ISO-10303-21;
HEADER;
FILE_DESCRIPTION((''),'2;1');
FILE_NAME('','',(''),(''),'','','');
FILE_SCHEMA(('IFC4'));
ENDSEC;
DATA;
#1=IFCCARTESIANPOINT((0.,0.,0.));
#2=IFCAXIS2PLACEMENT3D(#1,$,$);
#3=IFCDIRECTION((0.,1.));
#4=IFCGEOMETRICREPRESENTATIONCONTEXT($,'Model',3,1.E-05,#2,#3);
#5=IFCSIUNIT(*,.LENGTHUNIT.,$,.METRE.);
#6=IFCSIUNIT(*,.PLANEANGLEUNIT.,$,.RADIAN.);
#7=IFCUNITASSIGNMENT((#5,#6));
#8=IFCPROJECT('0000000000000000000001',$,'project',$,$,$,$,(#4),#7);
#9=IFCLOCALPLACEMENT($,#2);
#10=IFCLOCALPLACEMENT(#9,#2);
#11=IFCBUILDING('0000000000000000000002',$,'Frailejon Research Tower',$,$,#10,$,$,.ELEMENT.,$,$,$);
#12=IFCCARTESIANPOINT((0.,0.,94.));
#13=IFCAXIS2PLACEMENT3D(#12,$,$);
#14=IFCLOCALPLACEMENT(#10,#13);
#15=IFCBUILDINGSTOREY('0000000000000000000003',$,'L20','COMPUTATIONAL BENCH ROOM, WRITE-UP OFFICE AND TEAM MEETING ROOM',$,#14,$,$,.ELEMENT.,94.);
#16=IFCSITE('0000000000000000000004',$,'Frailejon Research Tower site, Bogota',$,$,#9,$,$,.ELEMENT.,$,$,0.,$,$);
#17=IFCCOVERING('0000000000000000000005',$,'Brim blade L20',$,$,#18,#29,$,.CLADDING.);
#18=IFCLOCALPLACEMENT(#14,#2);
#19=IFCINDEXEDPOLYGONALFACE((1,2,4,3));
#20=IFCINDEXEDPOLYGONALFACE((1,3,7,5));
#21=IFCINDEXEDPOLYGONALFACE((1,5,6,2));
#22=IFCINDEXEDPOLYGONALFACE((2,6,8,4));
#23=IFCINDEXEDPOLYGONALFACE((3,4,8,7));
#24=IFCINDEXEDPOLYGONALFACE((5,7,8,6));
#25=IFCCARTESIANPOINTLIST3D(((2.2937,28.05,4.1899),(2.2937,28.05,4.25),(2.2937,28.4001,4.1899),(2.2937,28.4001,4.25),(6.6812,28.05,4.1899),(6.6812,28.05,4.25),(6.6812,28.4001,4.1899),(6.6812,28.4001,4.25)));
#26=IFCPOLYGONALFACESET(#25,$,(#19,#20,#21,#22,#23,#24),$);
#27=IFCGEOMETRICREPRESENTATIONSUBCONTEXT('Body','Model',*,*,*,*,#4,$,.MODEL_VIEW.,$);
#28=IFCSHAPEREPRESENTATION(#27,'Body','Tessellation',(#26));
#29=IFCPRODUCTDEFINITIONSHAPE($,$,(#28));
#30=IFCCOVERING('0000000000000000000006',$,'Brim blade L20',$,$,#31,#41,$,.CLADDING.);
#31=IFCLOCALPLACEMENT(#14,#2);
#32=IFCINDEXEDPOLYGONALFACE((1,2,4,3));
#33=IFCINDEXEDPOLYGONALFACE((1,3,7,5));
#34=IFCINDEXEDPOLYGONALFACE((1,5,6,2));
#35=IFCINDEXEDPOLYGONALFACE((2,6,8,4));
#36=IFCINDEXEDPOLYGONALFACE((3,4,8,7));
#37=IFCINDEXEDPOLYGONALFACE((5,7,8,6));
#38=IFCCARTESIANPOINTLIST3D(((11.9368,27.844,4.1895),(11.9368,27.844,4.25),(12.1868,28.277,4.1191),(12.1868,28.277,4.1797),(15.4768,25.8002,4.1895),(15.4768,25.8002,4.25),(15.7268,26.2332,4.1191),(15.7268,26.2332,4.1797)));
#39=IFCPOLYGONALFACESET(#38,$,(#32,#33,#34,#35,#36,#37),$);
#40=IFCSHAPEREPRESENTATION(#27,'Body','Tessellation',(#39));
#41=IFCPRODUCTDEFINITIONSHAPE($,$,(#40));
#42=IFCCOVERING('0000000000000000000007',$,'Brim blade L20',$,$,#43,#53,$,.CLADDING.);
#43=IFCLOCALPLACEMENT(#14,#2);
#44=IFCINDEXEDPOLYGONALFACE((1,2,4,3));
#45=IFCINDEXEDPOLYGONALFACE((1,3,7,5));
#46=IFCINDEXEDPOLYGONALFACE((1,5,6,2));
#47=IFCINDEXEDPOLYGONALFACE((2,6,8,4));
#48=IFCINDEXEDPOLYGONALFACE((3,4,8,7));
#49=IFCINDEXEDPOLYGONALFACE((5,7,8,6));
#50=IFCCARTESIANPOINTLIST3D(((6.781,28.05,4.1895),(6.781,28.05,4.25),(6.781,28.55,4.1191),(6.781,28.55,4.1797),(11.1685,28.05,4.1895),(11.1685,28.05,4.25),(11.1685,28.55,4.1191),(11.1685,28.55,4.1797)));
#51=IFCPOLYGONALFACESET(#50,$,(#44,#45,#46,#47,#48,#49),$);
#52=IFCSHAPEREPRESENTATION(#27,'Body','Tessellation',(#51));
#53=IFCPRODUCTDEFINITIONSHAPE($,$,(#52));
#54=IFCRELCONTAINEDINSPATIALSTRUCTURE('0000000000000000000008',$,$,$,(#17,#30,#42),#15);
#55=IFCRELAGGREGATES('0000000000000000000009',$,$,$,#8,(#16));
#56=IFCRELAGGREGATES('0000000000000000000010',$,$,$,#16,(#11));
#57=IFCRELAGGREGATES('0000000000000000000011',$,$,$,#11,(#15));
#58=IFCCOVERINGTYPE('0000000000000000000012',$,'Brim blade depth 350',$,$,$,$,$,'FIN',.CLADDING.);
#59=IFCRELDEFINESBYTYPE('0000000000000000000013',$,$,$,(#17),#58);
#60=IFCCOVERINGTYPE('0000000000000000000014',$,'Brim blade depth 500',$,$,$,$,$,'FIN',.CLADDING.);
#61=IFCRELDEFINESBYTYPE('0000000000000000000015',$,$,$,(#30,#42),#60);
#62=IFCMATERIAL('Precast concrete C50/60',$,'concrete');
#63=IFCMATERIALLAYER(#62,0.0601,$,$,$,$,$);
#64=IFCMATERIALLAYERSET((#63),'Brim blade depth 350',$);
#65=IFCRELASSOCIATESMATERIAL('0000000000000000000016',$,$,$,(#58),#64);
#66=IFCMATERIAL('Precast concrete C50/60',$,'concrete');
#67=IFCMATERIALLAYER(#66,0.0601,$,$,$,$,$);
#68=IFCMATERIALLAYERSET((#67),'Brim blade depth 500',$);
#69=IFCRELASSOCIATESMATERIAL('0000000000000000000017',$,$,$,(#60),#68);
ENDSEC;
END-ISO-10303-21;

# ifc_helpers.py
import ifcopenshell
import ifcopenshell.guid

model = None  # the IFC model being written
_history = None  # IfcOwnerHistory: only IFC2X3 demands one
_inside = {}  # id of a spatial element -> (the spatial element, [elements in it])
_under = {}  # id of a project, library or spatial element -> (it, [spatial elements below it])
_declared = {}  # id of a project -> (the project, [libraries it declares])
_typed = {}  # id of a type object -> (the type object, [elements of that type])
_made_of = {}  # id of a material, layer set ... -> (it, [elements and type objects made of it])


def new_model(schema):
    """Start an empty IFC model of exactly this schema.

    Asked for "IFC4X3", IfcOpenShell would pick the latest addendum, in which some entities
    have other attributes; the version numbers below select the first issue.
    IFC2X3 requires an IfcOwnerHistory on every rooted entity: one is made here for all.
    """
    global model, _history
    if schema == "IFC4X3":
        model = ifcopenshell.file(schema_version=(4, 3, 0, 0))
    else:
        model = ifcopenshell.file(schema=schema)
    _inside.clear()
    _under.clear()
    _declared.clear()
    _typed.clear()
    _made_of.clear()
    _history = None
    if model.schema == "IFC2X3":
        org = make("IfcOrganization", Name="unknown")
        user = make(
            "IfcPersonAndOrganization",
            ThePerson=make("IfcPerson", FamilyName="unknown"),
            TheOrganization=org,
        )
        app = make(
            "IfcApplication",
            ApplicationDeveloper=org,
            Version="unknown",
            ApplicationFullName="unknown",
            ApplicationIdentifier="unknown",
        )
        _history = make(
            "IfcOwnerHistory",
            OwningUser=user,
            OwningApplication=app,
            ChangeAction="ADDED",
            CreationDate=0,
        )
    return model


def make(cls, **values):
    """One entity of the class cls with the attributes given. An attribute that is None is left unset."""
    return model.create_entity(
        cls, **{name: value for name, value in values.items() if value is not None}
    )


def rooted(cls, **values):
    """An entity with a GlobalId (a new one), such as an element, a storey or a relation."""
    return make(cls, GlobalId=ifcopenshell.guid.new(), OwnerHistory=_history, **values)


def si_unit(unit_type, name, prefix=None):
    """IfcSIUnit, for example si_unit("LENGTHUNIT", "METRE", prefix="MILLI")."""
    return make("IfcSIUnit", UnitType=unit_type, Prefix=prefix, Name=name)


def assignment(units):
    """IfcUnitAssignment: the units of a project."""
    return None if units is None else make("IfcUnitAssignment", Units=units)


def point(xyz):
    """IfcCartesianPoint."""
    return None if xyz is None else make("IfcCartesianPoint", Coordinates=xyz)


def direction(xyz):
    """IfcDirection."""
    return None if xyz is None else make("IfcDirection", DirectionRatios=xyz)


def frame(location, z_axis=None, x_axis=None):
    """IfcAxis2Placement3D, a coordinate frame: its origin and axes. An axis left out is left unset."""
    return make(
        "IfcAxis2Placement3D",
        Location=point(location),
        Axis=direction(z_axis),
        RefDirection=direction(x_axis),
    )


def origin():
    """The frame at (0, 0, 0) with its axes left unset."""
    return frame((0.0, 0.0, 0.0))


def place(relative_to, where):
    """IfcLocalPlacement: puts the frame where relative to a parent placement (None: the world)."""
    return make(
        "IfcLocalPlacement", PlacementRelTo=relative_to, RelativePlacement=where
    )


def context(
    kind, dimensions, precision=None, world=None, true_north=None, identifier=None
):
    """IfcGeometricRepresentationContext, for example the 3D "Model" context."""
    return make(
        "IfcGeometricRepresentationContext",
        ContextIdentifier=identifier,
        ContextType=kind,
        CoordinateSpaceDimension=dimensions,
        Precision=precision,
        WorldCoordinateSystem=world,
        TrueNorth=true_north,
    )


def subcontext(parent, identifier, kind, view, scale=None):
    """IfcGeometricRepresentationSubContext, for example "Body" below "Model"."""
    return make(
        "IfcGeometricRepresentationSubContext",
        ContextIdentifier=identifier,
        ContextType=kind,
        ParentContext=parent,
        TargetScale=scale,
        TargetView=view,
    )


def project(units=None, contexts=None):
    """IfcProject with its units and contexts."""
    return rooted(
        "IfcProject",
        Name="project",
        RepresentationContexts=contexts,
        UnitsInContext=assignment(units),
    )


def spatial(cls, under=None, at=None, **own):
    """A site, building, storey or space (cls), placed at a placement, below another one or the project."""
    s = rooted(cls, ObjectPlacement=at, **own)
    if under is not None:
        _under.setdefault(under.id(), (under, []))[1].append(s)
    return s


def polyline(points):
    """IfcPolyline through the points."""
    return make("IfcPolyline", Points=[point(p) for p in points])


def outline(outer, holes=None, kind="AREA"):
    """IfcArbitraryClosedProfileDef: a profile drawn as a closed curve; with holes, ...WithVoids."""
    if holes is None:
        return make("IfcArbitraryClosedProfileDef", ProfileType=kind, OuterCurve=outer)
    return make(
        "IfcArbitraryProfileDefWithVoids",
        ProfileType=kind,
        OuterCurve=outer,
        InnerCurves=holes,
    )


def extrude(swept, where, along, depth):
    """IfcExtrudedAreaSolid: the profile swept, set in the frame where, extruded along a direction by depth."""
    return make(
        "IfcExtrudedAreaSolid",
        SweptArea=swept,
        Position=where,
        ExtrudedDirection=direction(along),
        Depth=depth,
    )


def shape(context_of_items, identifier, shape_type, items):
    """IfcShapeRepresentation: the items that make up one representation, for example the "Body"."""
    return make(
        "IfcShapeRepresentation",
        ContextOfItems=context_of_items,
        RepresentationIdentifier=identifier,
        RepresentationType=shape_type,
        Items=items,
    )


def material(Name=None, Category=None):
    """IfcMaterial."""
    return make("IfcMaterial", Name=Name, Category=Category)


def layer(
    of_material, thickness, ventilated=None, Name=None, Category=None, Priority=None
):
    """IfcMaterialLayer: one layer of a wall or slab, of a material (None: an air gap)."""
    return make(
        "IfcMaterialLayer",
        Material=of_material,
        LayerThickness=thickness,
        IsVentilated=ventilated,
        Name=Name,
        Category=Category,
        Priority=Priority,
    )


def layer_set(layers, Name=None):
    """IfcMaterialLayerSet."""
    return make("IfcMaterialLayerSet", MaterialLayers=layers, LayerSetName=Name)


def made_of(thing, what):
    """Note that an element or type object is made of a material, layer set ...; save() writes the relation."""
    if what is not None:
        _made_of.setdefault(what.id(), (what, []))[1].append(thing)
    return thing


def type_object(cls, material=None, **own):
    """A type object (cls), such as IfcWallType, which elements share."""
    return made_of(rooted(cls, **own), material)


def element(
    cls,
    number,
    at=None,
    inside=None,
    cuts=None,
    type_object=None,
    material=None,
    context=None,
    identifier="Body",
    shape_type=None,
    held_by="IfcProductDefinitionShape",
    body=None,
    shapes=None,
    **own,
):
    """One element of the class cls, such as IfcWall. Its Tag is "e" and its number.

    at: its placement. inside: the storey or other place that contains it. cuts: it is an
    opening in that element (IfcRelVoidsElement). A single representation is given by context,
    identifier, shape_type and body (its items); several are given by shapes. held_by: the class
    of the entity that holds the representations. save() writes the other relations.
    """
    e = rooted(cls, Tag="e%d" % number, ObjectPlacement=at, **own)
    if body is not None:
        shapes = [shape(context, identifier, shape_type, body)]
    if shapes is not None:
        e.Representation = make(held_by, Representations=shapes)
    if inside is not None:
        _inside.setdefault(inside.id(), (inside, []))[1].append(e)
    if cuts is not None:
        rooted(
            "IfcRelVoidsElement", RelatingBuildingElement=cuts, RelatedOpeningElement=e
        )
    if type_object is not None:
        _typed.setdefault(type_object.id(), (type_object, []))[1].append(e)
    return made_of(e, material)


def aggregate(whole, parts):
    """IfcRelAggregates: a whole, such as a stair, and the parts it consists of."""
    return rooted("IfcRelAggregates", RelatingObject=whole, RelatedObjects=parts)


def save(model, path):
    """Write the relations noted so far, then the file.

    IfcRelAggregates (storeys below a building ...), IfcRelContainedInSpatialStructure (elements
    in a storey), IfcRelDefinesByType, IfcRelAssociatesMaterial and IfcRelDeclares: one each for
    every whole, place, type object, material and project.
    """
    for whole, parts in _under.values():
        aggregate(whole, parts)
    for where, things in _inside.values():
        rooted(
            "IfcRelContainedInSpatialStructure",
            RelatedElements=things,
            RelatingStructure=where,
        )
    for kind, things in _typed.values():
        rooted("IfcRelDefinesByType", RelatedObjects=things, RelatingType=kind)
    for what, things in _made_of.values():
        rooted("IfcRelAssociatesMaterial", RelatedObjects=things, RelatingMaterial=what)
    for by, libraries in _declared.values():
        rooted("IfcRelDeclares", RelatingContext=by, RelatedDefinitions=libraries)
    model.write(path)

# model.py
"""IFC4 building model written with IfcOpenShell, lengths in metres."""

from ifc_helpers import new_model, si_unit, direction, frame, origin, place, context, subcontext, project, spatial, polyline, outline, extrude, material, layer, layer_set, type_object, element, save


model = new_model("IFC4")

# Units and contexts
model_context = context("Model", 3, precision=1e-05, world=origin(), true_north=direction((0.0, 1.0)))
body_context = subcontext(model_context, "Body", "Model", "MODEL_VIEW")
ifc_project = project(units=[si_unit("LENGTHUNIT", "METRE"), si_unit("PLANEANGLEUNIT", "RADIAN")], contexts=[model_context])

# Site, building, storey
site_placement = place(None, origin())
site = spatial("IfcSite", under=ifc_project, at=site_placement, Name="Frailejon Research Tower site, Bogota", CompositionType="ELEMENT", RefElevation=0.0)
building_placement = place(site_placement, origin())
building = spatial("IfcBuilding", under=site, at=building_placement, Name="Frailejon Research Tower", CompositionType="ELEMENT")
storey_placement = place(building_placement, frame((0.0, 0.0, 94.0)))
storey = spatial("IfcBuildingStorey", under=building, at=storey_placement, Name="L20", Description="COMPUTATIONAL BENCH ROOM, WRITE-UP OFFICE AND TEAM MEETING ROOM", CompositionType="ELEMENT", Elevation=94.0)

# Coverings
ifc_material_1 = material(Name="Precast concrete C50/60", Category="concrete")
ifc_layer_1 = layer(ifc_material_1, 0.0601)
ifc_layer_set_1 = layer_set([ifc_layer_1], Name="Brim blade depth 350")
covering_type_1 = type_object("IfcCoveringType", Name="Brim blade depth 350", ElementType="FIN", PredefinedType="CLADDING", material=ifc_layer_set_1)
covering_1_placement = place(storey_placement, frame((2.2937, 28.05, 4.25), z_axis=(1.0, 0.0, 0.0), x_axis=(0.0, 1.0, 0.0)))
element("IfcCovering", 1, at=covering_1_placement, inside=storey, type_object=covering_type_1, Name="Brim blade L20", PredefinedType="CLADDING", context=body_context, shape_type="SweptSolid", body=[
    extrude(outline(polyline([(0.0, -0.0601), (0.3501, -0.0601), (0.3501, 0.0), (0.0, 0.0), (0.0, -0.0601)])), origin(), (0.0, 0.0, 1.0), 4.3875),
])
ifc_material_2 = material(Name="Precast concrete C50/60", Category="concrete")
ifc_layer_2 = layer(ifc_material_2, 0.0601)
ifc_layer_set_2 = layer_set([ifc_layer_2], Name="Brim blade depth 500")
covering_type_2 = type_object("IfcCoveringType", Name="Brim blade depth 500", ElementType="FIN", PredefinedType="CLADDING", material=ifc_layer_set_2)
covering_2_placement = place(storey_placement, frame((11.9368, 27.844, 4.25), z_axis=(0.866027, -0.499997, 0.0), x_axis=(0.499997, 0.866027, 0.0)))
element("IfcCovering", 2, at=covering_2_placement, inside=storey, type_object=covering_type_2, Name="Brim blade L20", PredefinedType="CLADDING", context=body_context, shape_type="SweptSolid", body=[
    extrude(outline(polyline([(0.0, -0.0605), (0.5, -0.1309), (0.5, -0.0703), (0.0, 0.0), (0.0, -0.0605)])), origin(), (0.0, 0.0, 1.0), 4.0876),
])
covering_3_placement = place(storey_placement, frame((6.781, 28.05, 4.25), z_axis=(1.0, 0.0, 0.0), x_axis=(0.0, 1.0, 0.0)))
element("IfcCovering", 3, at=covering_3_placement, inside=storey, type_object=covering_type_2, Name="Brim blade L20", PredefinedType="CLADDING", context=body_context, shape_type="SweptSolid", body=[
    extrude(outline(polyline([(0.0, -0.0605), (0.5, -0.1309), (0.5, -0.0703), (0.0, 0.0), (0.0, -0.0605)])), origin(), (0.0, 0.0, 1.0), 4.3875),
])

save(model, "model.ifc")
